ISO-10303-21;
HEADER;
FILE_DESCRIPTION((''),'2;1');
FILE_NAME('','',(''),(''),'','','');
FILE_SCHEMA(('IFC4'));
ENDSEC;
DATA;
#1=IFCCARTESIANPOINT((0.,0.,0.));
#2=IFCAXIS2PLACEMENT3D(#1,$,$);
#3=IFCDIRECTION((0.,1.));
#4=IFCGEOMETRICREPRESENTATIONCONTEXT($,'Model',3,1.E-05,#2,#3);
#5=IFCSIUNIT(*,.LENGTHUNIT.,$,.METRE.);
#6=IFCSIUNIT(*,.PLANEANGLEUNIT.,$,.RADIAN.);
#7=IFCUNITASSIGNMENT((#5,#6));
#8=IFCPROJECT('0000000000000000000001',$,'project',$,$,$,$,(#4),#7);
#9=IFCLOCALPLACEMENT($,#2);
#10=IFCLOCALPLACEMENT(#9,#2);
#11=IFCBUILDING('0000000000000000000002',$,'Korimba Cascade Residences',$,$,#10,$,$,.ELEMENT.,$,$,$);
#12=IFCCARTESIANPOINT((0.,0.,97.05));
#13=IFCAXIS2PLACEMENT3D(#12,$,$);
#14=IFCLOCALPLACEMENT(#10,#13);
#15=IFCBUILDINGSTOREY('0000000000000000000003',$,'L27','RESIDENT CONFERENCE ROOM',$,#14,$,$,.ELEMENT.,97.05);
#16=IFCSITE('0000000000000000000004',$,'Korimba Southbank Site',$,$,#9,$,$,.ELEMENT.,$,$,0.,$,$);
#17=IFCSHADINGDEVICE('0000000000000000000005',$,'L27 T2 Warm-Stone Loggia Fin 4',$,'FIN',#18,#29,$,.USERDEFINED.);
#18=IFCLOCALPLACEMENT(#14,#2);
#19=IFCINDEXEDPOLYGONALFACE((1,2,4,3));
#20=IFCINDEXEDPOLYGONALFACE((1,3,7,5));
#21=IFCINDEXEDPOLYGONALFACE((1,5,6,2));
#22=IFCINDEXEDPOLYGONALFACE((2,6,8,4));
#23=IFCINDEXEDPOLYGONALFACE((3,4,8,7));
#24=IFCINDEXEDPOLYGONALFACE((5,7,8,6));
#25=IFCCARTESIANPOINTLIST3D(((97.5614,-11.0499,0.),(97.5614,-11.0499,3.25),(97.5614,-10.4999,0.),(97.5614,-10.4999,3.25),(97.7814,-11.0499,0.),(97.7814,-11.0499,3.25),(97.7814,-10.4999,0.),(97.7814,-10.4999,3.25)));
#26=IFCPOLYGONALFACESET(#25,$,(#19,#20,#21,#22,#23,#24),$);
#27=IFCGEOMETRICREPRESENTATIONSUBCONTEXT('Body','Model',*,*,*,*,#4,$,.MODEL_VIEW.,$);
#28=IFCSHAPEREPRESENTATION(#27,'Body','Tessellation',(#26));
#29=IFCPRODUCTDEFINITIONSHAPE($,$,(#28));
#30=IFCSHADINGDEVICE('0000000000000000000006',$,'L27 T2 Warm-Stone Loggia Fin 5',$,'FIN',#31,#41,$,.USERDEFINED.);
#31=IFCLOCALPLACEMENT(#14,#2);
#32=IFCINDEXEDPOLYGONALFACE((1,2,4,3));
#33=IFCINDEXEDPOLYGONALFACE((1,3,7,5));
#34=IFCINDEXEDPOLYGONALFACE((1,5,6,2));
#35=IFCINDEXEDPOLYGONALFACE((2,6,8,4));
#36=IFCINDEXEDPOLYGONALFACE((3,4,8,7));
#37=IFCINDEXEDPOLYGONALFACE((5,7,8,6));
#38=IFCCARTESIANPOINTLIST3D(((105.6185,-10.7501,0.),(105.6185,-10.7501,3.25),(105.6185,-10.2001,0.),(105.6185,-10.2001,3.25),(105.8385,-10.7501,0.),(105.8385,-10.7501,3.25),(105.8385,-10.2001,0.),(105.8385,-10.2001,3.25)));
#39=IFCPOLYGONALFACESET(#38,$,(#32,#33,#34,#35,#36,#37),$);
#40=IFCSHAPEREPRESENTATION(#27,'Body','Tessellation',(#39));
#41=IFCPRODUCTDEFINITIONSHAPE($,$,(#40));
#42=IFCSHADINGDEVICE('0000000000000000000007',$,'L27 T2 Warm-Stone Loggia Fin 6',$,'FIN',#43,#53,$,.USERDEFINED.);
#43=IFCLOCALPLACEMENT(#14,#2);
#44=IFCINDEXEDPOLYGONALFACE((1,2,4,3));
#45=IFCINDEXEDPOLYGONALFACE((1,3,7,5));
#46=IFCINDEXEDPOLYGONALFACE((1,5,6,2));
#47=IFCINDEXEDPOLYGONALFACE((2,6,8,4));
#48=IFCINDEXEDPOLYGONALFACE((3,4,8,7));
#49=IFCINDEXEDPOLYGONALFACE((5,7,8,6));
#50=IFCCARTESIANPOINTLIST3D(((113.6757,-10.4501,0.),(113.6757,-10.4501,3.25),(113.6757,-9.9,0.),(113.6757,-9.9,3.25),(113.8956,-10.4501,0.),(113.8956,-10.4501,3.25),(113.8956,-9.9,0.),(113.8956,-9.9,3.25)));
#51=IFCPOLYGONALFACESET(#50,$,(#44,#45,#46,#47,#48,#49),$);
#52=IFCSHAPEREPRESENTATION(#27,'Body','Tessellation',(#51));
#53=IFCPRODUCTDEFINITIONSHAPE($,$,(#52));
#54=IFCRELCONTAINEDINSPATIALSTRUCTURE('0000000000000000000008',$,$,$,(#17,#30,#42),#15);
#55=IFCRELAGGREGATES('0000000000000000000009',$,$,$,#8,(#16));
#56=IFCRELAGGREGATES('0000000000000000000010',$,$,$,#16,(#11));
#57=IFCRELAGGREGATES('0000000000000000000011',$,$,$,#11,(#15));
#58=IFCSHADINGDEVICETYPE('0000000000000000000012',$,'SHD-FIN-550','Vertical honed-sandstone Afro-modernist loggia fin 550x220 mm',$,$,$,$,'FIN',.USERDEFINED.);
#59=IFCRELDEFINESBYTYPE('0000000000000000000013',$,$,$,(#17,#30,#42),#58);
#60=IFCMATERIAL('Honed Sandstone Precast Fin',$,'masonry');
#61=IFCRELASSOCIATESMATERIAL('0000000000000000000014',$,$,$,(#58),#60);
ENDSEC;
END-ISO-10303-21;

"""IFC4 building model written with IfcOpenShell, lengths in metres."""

from ifc_helpers import new_model, si_unit, direction, frame, origin, origin_2d, place, context, subcontext, project, spatial, rectangle, extrude, material, type_object, element, save


model = new_model("IFC4")

# Units and contexts
model_context = context("Model", 3, precision=1e-05, world=origin(), true_north=direction((0.0, 1.0)))
body_context = subcontext(model_context, "Body", "Model", "MODEL_VIEW")
ifc_project = project(units=[si_unit("LENGTHUNIT", "METRE"), si_unit("PLANEANGLEUNIT", "RADIAN")], contexts=[model_context])

# Site, building, storey
site_placement = place(None, origin())
site = spatial("IfcSite", under=ifc_project, at=site_placement, Name="Korimba Southbank Site", CompositionType="ELEMENT", RefElevation=0.0)
building_placement = place(site_placement, origin())
building = spatial("IfcBuilding", under=site, at=building_placement, Name="Korimba Cascade Residences", CompositionType="ELEMENT")
storey_placement = place(building_placement, frame((0.0, 0.0, 97.05)))
storey = spatial("IfcBuildingStorey", under=building, at=storey_placement, Name="L27", Description="RESIDENT CONFERENCE ROOM", CompositionType="ELEMENT", Elevation=97.05)

# Shading devices
ifc_material_1 = material(Name="Honed Sandstone Precast Fin", Category="masonry")
shading_device_type = type_object("IfcShadingDeviceType", Name="SHD-FIN-550", Description="Vertical honed-sandstone Afro-modernist loggia fin 550x220 mm", ElementType="FIN", PredefinedType="USERDEFINED", material=ifc_material_1)
for number, where, z_axis, x_axis, name in (
    (1, (97.6714, -10.7749, 0.0), (0.0, 0.0, 1.0), (1.0, 0.0, 0.0), "L27 T2 Warm-Stone Loggia Fin 4"),
    (2, (105.7285, -10.4751, 0.0), (0.0, 0.0, 1.0), (1.0, 0.0, 0.0), "L27 T2 Warm-Stone Loggia Fin 5"),
    (3, (113.7856, -10.175, 0.0), (0.0, 0.0, 1.0), (1.0, 0.0, 0.0), "L27 T2 Warm-Stone Loggia Fin 6"),
):
    element("IfcShadingDevice", number, at=place(storey_placement, frame(where, z_axis=z_axis, x_axis=x_axis)), inside=storey, type_object=shading_device_type, Name=name, ObjectType="FIN", PredefinedType="USERDEFINED", context=body_context, shape_type="SweptSolid", body=[
        extrude(rectangle(XDim=0.22, YDim=0.55, at=origin_2d()), origin(), (0.0, 0.0, 1.0), 3.25),
    ])

save(model, "model.ifc")
